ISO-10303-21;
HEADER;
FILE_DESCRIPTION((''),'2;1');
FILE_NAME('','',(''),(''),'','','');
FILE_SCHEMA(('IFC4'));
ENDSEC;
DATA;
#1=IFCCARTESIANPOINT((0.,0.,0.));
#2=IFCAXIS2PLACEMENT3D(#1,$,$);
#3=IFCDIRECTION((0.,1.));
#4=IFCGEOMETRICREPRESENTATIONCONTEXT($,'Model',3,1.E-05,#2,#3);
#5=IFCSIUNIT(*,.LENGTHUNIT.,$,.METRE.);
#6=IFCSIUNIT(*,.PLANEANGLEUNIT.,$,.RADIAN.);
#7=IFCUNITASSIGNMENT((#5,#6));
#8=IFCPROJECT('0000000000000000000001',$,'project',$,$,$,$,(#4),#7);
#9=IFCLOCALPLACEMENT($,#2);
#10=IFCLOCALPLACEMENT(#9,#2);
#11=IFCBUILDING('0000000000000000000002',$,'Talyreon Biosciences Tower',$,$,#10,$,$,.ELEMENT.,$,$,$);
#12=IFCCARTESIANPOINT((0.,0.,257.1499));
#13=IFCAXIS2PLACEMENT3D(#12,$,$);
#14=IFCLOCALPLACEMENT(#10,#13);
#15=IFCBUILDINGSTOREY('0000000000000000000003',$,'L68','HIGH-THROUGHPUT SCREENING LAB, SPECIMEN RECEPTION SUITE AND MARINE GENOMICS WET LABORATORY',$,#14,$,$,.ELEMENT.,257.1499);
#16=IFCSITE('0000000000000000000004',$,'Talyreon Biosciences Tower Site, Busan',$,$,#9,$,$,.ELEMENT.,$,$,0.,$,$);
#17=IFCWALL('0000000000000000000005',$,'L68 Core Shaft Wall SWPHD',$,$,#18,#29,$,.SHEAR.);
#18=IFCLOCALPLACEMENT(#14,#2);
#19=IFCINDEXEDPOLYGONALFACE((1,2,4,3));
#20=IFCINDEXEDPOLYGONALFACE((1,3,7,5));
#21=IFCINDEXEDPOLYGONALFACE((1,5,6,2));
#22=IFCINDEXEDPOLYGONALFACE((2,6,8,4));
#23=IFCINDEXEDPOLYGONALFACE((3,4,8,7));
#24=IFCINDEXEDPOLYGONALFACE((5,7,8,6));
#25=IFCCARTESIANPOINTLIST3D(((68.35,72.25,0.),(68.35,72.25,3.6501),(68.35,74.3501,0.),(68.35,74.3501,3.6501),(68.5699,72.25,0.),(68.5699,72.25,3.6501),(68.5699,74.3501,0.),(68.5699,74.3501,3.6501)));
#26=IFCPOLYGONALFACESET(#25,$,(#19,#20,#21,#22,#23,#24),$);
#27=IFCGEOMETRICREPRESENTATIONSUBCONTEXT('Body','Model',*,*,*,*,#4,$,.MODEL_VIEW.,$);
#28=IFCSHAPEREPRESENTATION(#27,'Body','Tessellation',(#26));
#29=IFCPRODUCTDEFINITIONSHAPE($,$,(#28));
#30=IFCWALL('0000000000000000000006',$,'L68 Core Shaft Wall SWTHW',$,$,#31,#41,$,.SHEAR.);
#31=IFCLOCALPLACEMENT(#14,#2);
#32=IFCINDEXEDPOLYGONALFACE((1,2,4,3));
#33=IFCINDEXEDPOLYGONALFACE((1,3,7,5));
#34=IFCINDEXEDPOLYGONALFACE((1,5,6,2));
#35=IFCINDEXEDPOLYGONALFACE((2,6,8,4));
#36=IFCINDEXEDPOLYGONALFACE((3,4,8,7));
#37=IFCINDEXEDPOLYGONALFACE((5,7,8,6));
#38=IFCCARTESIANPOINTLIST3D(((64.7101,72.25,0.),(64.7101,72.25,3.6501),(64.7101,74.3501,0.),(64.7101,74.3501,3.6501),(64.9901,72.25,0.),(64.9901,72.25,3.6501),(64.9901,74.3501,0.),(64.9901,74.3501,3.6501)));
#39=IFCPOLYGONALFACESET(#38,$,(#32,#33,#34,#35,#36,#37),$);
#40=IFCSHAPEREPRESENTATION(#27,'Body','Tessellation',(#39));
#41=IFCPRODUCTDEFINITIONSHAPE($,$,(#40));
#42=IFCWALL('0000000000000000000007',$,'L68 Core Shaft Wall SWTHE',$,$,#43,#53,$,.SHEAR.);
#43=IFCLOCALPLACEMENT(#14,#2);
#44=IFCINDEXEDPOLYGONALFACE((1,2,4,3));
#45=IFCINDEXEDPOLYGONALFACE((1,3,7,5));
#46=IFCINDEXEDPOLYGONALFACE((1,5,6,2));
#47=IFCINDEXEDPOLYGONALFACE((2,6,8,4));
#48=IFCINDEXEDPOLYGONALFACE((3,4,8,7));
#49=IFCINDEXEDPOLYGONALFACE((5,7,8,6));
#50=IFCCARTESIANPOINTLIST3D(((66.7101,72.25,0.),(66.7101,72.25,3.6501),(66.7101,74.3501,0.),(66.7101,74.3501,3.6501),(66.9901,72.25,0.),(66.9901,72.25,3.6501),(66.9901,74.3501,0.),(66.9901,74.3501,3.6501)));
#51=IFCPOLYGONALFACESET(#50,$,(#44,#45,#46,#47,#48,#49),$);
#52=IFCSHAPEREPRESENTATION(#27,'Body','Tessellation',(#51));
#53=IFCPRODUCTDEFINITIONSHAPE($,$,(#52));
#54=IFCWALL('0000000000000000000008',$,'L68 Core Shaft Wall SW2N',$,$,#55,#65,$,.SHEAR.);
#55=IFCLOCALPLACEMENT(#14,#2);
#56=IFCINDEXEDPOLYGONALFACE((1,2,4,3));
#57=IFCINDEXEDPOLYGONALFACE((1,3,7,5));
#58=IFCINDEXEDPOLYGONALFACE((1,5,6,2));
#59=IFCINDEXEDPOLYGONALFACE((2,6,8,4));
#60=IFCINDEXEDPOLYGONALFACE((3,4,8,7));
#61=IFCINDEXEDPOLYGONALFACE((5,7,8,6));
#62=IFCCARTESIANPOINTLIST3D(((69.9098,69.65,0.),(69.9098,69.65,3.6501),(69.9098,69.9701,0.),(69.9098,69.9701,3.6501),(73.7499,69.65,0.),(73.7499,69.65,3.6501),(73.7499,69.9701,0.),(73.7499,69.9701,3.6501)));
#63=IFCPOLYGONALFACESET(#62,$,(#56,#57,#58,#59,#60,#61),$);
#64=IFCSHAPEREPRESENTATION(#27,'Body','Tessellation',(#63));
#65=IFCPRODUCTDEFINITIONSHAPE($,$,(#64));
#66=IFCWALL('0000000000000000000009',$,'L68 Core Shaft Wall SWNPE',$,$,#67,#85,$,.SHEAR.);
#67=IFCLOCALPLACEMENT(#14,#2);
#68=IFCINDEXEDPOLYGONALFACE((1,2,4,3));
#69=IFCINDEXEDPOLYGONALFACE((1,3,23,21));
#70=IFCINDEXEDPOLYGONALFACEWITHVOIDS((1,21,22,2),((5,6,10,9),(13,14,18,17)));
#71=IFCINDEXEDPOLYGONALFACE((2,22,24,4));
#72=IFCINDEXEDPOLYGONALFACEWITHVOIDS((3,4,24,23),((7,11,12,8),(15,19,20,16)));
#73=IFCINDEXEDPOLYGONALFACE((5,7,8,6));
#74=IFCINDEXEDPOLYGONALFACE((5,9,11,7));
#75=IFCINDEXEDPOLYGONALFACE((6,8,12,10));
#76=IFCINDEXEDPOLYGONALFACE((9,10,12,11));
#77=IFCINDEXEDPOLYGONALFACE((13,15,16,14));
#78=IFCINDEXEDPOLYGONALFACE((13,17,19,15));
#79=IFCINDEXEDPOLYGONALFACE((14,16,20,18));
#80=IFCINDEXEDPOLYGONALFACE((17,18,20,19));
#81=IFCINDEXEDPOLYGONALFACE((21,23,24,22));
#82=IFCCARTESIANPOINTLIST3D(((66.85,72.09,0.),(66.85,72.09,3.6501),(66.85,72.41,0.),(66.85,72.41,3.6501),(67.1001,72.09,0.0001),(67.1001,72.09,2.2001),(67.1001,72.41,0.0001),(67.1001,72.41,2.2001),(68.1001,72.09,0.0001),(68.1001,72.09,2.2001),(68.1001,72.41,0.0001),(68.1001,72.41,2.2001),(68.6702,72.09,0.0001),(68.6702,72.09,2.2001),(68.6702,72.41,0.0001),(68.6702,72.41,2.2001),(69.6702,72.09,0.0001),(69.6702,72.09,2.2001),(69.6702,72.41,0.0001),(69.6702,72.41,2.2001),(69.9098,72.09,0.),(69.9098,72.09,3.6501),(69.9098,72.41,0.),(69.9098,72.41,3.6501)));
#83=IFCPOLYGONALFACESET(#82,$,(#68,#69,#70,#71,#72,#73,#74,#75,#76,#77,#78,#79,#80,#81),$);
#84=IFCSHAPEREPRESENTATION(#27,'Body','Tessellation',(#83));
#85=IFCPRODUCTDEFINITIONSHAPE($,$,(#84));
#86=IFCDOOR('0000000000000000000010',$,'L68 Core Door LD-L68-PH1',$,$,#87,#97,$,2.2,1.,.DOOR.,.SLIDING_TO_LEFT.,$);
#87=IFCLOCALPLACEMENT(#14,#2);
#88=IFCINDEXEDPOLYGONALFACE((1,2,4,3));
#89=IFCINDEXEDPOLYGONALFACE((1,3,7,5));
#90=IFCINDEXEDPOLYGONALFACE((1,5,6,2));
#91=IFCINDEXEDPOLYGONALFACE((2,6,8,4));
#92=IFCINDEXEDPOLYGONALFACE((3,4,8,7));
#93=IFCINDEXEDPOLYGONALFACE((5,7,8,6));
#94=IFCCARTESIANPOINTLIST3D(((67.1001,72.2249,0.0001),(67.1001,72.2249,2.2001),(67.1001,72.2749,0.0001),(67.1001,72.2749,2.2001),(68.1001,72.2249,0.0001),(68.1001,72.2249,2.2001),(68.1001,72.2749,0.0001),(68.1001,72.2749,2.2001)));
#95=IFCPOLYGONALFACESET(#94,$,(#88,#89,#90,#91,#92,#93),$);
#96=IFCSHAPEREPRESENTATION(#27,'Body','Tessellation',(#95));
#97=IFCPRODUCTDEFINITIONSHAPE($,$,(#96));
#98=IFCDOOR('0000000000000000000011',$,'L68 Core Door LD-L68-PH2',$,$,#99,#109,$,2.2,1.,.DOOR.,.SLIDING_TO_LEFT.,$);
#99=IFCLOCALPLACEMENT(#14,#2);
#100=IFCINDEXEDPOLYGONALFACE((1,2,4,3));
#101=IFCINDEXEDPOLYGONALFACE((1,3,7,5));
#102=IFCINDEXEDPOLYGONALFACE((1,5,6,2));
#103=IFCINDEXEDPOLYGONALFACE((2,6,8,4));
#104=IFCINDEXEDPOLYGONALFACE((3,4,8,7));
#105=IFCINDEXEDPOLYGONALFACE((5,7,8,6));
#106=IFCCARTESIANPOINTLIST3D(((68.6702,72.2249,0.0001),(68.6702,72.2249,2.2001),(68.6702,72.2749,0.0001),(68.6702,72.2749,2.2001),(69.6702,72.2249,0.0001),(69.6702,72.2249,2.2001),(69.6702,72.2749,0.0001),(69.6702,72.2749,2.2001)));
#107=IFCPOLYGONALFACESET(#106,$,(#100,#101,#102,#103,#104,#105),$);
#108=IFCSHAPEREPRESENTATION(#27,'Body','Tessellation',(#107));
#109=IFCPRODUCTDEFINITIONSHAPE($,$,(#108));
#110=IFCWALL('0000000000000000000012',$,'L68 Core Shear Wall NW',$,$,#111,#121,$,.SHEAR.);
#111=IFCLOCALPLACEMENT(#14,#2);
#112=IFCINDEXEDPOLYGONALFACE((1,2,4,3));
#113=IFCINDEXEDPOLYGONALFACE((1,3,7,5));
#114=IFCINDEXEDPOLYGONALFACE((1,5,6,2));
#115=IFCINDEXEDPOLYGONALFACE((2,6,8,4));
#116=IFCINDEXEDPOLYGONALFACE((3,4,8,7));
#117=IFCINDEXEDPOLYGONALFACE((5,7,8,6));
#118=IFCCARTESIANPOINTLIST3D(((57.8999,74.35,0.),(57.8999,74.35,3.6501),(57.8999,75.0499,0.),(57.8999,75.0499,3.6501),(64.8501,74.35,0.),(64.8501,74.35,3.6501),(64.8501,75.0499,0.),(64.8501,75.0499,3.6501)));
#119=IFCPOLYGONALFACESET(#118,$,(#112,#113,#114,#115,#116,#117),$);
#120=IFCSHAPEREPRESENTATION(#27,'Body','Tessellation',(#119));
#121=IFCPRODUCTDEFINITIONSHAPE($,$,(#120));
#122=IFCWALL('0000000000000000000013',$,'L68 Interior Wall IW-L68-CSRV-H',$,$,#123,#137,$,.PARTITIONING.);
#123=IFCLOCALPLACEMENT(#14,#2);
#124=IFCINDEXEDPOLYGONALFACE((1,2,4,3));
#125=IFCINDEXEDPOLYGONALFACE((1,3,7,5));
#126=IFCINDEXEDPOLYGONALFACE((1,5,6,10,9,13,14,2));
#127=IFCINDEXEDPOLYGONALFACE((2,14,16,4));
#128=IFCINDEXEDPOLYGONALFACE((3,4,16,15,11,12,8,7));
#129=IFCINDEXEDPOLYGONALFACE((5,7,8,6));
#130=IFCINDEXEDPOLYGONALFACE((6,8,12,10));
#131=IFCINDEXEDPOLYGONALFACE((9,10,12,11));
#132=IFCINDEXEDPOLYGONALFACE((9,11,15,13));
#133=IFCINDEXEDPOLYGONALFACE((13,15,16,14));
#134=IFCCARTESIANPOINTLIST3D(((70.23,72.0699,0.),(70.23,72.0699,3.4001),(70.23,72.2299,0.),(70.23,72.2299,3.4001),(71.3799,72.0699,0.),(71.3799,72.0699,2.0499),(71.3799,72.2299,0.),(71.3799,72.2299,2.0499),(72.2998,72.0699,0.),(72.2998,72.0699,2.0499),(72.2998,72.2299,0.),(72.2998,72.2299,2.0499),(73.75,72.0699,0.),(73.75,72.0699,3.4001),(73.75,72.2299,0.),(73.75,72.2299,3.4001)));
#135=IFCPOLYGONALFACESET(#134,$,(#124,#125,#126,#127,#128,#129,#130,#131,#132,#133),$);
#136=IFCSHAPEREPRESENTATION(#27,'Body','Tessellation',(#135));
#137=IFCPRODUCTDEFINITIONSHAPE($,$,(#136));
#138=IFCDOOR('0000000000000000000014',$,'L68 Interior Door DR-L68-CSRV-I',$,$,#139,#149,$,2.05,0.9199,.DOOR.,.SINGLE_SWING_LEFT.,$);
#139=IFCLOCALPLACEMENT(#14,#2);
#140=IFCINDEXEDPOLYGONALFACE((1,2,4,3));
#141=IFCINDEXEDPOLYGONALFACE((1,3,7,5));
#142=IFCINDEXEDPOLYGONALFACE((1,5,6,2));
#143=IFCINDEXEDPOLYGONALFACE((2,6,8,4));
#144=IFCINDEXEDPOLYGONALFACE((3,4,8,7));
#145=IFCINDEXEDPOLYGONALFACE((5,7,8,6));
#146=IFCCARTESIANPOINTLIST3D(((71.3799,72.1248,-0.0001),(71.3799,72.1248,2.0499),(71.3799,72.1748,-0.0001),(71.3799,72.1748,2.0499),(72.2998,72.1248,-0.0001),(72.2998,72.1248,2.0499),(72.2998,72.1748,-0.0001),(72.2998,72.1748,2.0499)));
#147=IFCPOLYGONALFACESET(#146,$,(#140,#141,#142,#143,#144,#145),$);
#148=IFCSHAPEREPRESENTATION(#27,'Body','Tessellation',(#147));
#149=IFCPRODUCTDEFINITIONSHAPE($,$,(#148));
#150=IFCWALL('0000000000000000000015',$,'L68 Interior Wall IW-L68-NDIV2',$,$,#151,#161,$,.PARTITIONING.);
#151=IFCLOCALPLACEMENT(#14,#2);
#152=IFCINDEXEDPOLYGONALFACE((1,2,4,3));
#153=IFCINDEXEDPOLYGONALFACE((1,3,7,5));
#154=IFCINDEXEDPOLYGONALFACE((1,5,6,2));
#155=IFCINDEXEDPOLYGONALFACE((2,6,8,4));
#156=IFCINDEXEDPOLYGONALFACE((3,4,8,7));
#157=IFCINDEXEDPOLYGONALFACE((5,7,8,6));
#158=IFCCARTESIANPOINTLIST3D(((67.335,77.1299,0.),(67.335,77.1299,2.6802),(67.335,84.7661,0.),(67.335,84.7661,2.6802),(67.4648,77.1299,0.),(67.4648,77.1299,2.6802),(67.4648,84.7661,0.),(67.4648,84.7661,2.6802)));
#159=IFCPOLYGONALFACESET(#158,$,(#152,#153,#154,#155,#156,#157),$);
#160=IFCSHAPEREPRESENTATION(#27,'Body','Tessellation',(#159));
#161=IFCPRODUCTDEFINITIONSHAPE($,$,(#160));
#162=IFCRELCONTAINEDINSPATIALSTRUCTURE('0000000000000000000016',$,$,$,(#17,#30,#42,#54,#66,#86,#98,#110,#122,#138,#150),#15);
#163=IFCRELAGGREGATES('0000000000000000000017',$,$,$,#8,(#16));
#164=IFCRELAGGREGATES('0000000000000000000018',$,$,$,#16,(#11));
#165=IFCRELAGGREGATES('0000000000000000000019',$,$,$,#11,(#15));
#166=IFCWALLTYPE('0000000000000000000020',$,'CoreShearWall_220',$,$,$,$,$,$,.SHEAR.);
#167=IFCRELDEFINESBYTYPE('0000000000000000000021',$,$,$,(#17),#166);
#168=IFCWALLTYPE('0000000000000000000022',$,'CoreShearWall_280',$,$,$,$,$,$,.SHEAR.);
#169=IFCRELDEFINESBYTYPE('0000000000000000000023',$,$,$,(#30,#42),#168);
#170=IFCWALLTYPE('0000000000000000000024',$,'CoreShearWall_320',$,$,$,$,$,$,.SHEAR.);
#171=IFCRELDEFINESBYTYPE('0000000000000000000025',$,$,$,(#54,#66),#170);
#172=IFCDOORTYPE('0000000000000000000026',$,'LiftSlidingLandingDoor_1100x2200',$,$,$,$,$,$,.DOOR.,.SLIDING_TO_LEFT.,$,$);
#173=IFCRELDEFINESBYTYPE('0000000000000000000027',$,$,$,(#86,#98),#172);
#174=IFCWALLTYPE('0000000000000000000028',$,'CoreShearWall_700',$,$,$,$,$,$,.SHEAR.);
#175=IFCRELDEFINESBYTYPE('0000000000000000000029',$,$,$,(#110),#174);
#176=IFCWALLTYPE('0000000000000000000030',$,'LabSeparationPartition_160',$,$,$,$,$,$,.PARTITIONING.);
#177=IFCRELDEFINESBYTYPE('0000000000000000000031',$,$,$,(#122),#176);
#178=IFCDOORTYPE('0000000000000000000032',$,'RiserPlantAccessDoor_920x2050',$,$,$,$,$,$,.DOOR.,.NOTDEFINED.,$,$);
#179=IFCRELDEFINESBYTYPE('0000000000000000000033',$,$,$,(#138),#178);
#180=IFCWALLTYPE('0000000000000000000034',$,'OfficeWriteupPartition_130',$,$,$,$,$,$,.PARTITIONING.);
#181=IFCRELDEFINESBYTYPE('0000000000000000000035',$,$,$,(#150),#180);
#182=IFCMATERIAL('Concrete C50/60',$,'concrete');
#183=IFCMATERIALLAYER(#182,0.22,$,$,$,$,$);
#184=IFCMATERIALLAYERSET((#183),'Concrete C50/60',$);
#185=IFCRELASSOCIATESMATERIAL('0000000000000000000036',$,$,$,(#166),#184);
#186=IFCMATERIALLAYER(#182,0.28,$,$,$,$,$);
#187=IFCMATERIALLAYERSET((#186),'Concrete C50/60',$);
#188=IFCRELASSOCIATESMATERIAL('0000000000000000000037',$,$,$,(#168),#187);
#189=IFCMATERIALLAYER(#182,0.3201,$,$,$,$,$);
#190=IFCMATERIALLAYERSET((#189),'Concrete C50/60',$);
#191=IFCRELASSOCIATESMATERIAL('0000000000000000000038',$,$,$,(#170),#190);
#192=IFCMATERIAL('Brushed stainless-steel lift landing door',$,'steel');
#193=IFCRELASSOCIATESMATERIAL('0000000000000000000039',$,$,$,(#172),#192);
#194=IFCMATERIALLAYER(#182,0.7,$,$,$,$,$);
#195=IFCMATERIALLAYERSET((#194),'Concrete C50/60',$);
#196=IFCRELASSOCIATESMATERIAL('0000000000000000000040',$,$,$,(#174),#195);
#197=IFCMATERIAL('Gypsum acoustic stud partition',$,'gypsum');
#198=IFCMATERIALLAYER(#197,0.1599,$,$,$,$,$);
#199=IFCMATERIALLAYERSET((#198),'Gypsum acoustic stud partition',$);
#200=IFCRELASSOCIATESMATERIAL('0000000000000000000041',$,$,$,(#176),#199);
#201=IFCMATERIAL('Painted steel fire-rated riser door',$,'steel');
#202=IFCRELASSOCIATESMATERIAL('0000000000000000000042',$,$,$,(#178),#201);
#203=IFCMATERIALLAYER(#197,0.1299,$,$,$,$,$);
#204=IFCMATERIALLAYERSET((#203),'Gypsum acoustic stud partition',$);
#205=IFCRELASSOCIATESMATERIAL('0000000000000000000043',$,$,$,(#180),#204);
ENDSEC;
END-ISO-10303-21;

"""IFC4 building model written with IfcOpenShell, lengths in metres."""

from ifc_helpers import new_model, si_unit, direction, frame, frame_2d, origin, place, context, subcontext, project, spatial, rectangle, extrude, material, layer, layer_set, type_object, element, fill, save


model = new_model("IFC4")

# Units and contexts
model_context = context("Model", 3, precision=1e-05, world=origin(), true_north=direction((0.0, 1.0)))
body_context = subcontext(model_context, "Body", "Model", "MODEL_VIEW")
ifc_project = project(units=[si_unit("LENGTHUNIT", "METRE"), si_unit("PLANEANGLEUNIT", "RADIAN")], contexts=[model_context])

# Site, building, storey
site_placement = place(None, origin())
site = spatial("IfcSite", under=ifc_project, at=site_placement, Name="Talyreon Biosciences Tower Site, Busan", CompositionType="ELEMENT", RefElevation=0.0)
building_placement = place(site_placement, origin())
building = spatial("IfcBuilding", under=site, at=building_placement, Name="Talyreon Biosciences Tower", CompositionType="ELEMENT")
storey_placement = place(building_placement, frame((0.0, 0.0, 257.1499)))
storey = spatial("IfcBuildingStorey", under=building, at=storey_placement, Name="L68", Description="HIGH-THROUGHPUT SCREENING LAB, SPECIMEN RECEPTION SUITE AND MARINE GENOMICS WET LABORATORY", CompositionType="ELEMENT", Elevation=257.1499)

# Shared definitions
ifc_material_1 = material(Name="Concrete C50/60", Category="concrete")

# Walls
ifc_layer_1 = layer(ifc_material_1, 0.22)
ifc_layer_set_1 = layer_set([ifc_layer_1], Name="Concrete C50/60")
wall_type_1 = type_object("IfcWallType", Name="CoreShearWall_220", PredefinedType="SHEAR", material=ifc_layer_set_1)
wall_1_placement = place(storey_placement, frame((68.46, 72.25, 0.0), z_axis=(0.0, 0.0, 1.0), x_axis=(0.0, 1.0, 0.0)))
element("IfcWall", 1, at=wall_1_placement, inside=storey, type_object=wall_type_1, Name="L68 Core Shaft Wall SWPHD", PredefinedType="SHEAR", context=body_context, shape_type="SweptSolid", body=[
    extrude(rectangle(XDim=2.1001, YDim=0.22, at=frame_2d((1.05, 0.0))), origin(), (0.0, 0.0, 1.0), 3.6501),
])
ifc_layer_2 = layer(ifc_material_1, 0.28)
ifc_layer_set_2 = layer_set([ifc_layer_2], Name="Concrete C50/60")
wall_type_2 = type_object("IfcWallType", Name="CoreShearWall_280", PredefinedType="SHEAR", material=ifc_layer_set_2)
for number, where, z_axis, x_axis, name in (
    (2, (64.8501, 72.25, 0.0), (0.0, 0.0, 1.0), (0.0, 1.0, 0.0), "L68 Core Shaft Wall SWTHW"),
    (3, (66.8501, 72.25, 0.0), (0.0, 0.0, 1.0), (0.0, 1.0, 0.0), "L68 Core Shaft Wall SWTHE"),
):
    element("IfcWall", number, at=place(storey_placement, frame(where, z_axis=z_axis, x_axis=x_axis)), inside=storey, type_object=wall_type_2, Name=name, PredefinedType="SHEAR", context=body_context, shape_type="SweptSolid", body=[
        extrude(rectangle(XDim=2.1001, YDim=0.28, at=frame_2d((1.05, 0.0))), origin(), (0.0, 0.0, 1.0), 3.6501),
    ])
ifc_layer_3 = layer(ifc_material_1, 0.3201)
ifc_layer_set_3 = layer_set([ifc_layer_3], Name="Concrete C50/60")
wall_type_3 = type_object("IfcWallType", Name="CoreShearWall_320", PredefinedType="SHEAR", material=ifc_layer_set_3)
wall_2_placement = place(storey_placement, frame((69.9099, 69.8101, 0.0), z_axis=(0.0, 0.0, 1.0), x_axis=(1.0, 0.0, 0.0)))
element("IfcWall", 4, at=wall_2_placement, inside=storey, type_object=wall_type_3, Name="L68 Core Shaft Wall SW2N", PredefinedType="SHEAR", context=body_context, shape_type="SweptSolid", body=[
    extrude(rectangle(XDim=3.8401, YDim=0.3201, at=frame_2d((1.9199, 0.0))), origin(), (0.0, 0.0, 1.0), 3.6501),
])

# Wall, openings, doors
wall_3_placement = place(storey_placement, frame((66.8501, 72.25, 0.0), z_axis=(0.0, 0.0, 1.0), x_axis=(1.0, 0.0, 0.0)))
wall_3 = element("IfcWall", 5, at=wall_3_placement, inside=storey, type_object=wall_type_3, Name="L68 Core Shaft Wall SWNPE", PredefinedType="SHEAR", context=body_context, shape_type="SweptSolid", body=[
    extrude(rectangle(XDim=3.0598, YDim=0.3201, at=frame_2d((1.5298, 0.0))), origin(), (0.0, 0.0, 1.0), 3.6501),
])
opening_1_placement = place(wall_3_placement, frame((0.25, 0.0, 0.0)))
opening_1 = element("IfcOpeningElement", 6, at=opening_1_placement, cuts=wall_3, PredefinedType="OPENING", context=body_context, shape_type="SweptSolid", body=[
    extrude(rectangle(XDim=1.0, YDim=2.2, at=frame_2d((0.5, 1.1001))), frame((0.0, 0.1699, 0.0), z_axis=(0.0, -1.0, 0.0), x_axis=(1.0, 0.0, 0.0)), (0.0, 0.0, 1.0), 0.3401),
])
opening_2_placement = place(wall_3_placement, frame((1.8201, 0.0, 0.0)))
opening_2 = element("IfcOpeningElement", 7, at=opening_2_placement, cuts=wall_3, PredefinedType="OPENING", context=body_context, shape_type="SweptSolid", body=[
    extrude(rectangle(XDim=1.0, YDim=2.2, at=frame_2d((0.5, 1.1001))), frame((0.0, 0.1699, 0.0), z_axis=(0.0, -1.0, 0.0), x_axis=(1.0, 0.0, 0.0)), (0.0, 0.0, 1.0), 0.3401),
])
ifc_material_2 = material(Name="Brushed stainless-steel lift landing door", Category="steel")
door_type_1 = type_object("IfcDoorType", Name="LiftSlidingLandingDoor_1100x2200", OperationType="SLIDING_TO_LEFT", PredefinedType="DOOR", material=ifc_material_2)
door_1_placement = place(opening_1_placement, origin())
door_1 = element("IfcDoor", 8, at=door_1_placement, inside=storey, type_object=door_type_1, Name="L68 Core Door LD-L68-PH1", OperationType="SLIDING_TO_LEFT", OverallHeight=2.2, OverallWidth=1.0, PredefinedType="DOOR", context=body_context, shape_type="SweptSolid", body=[
    extrude(rectangle(XDim=1.0, YDim=2.2, at=frame_2d((0.5, 1.1001))), frame((0.0, 0.0249, 0.0), z_axis=(0.0, -1.0, 0.0), x_axis=(1.0, 0.0, 0.0)), (0.0, 0.0, 1.0), 0.05),
])
fill(opening_1, door_1)
door_2_placement = place(opening_2_placement, origin())
door_2 = element("IfcDoor", 9, at=door_2_placement, inside=storey, type_object=door_type_1, Name="L68 Core Door LD-L68-PH2", OperationType="SLIDING_TO_LEFT", OverallHeight=2.2, OverallWidth=1.0, PredefinedType="DOOR", context=body_context, shape_type="SweptSolid", body=[
    extrude(rectangle(XDim=1.0, YDim=2.2, at=frame_2d((0.5, 1.1001))), frame((0.0, 0.0249, 0.0), z_axis=(0.0, -1.0, 0.0), x_axis=(1.0, 0.0, 0.0)), (0.0, 0.0, 1.0), 0.05),
])
fill(opening_2, door_2)

# Wall
ifc_layer_4 = layer(ifc_material_1, 0.7)
ifc_layer_set_4 = layer_set([ifc_layer_4], Name="Concrete C50/60")
wall_type_4 = type_object("IfcWallType", Name="CoreShearWall_700", PredefinedType="SHEAR", material=ifc_layer_set_4)
wall_4_placement = place(storey_placement, frame((64.8501, 74.7, 0.0), z_axis=(0.0, 0.0, 1.0), x_axis=(-1.0, 0.0, 0.0)))
element("IfcWall", 10, at=wall_4_placement, inside=storey, type_object=wall_type_4, Name="L68 Core Shear Wall NW", PredefinedType="SHEAR", context=body_context, shape_type="SweptSolid", body=[
    extrude(rectangle(XDim=6.9502, YDim=0.7, at=frame_2d((3.4751, 0.0))), origin(), (0.0, 0.0, 1.0), 3.6501),
])

# Wall, opening, door
ifc_material_3 = material(Name="Gypsum acoustic stud partition", Category="gypsum")
ifc_layer_5 = layer(ifc_material_3, 0.1599)
ifc_layer_set_5 = layer_set([ifc_layer_5], Name="Gypsum acoustic stud partition")
wall_type_5 = type_object("IfcWallType", Name="LabSeparationPartition_160", PredefinedType="PARTITIONING", material=ifc_layer_set_5)
wall_5_placement = place(storey_placement, frame((70.23, 72.1499, 0.0), z_axis=(0.0, 0.0, 1.0), x_axis=(1.0, 0.0, 0.0)))
wall_5 = element("IfcWall", 11, at=wall_5_placement, inside=storey, type_object=wall_type_5, Name="L68 Interior Wall IW-L68-CSRV-H", PredefinedType="PARTITIONING", context=body_context, shape_type="SweptSolid", body=[
    extrude(rectangle(XDim=3.52, YDim=0.1599, at=frame_2d((1.76, 0.0))), origin(), (0.0, 0.0, 1.0), 3.4001),
])
opening_3_placement = place(wall_5_placement, frame((1.1499, 0.0, 0.0)))
opening_3 = element("IfcOpeningElement", 12, at=opening_3_placement, cuts=wall_5, PredefinedType="OPENING", context=body_context, shape_type="SweptSolid", body=[
    extrude(rectangle(XDim=0.9199, YDim=2.05, at=frame_2d((0.46, 1.0249))), frame((0.0, 0.0898, 0.0), z_axis=(0.0, -1.0, 0.0), x_axis=(1.0, 0.0, 0.0)), (0.0, 0.0, 1.0), 0.1799),
])
ifc_material_4 = material(Name="Painted steel fire-rated riser door", Category="steel")
door_type_2 = type_object("IfcDoorType", Name="RiserPlantAccessDoor_920x2050", OperationType="NOTDEFINED", PredefinedType="DOOR", material=ifc_material_4)
door_3_placement = place(opening_3_placement, origin())
door_3 = element("IfcDoor", 13, at=door_3_placement, inside=storey, type_object=door_type_2, Name="L68 Interior Door DR-L68-CSRV-I", OperationType="SINGLE_SWING_LEFT", OverallHeight=2.05, OverallWidth=0.9199, PredefinedType="DOOR", context=body_context, shape_type="SweptSolid", body=[
    extrude(rectangle(XDim=0.9199, YDim=2.05, at=frame_2d((0.46, 1.0249))), frame((0.0, 0.0249, 0.0), z_axis=(0.0, -1.0, 0.0), x_axis=(1.0, 0.0, 0.0)), (0.0, 0.0, 1.0), 0.05),
])
fill(opening_3, door_3)

# Wall
ifc_layer_6 = layer(ifc_material_3, 0.1299)
ifc_layer_set_6 = layer_set([ifc_layer_6], Name="Gypsum acoustic stud partition")
wall_type_6 = type_object("IfcWallType", Name="OfficeWriteupPartition_130", PredefinedType="PARTITIONING", material=ifc_layer_set_6)
wall_6_placement = place(storey_placement, frame((67.3999, 77.1299, 0.0), z_axis=(0.0, 0.0, 1.0), x_axis=(0.0, 1.0, 0.0)))
element("IfcWall", 14, at=wall_6_placement, inside=storey, type_object=wall_type_6, Name="L68 Interior Wall IW-L68-NDIV2", PredefinedType="PARTITIONING", context=body_context, shape_type="SweptSolid", body=[
    extrude(rectangle(XDim=7.6362, YDim=0.1299, at=frame_2d((3.8181, 0.0))), origin(), (0.0, 0.0, 1.0), 2.6802),
])

save(model, "model.ifc")
